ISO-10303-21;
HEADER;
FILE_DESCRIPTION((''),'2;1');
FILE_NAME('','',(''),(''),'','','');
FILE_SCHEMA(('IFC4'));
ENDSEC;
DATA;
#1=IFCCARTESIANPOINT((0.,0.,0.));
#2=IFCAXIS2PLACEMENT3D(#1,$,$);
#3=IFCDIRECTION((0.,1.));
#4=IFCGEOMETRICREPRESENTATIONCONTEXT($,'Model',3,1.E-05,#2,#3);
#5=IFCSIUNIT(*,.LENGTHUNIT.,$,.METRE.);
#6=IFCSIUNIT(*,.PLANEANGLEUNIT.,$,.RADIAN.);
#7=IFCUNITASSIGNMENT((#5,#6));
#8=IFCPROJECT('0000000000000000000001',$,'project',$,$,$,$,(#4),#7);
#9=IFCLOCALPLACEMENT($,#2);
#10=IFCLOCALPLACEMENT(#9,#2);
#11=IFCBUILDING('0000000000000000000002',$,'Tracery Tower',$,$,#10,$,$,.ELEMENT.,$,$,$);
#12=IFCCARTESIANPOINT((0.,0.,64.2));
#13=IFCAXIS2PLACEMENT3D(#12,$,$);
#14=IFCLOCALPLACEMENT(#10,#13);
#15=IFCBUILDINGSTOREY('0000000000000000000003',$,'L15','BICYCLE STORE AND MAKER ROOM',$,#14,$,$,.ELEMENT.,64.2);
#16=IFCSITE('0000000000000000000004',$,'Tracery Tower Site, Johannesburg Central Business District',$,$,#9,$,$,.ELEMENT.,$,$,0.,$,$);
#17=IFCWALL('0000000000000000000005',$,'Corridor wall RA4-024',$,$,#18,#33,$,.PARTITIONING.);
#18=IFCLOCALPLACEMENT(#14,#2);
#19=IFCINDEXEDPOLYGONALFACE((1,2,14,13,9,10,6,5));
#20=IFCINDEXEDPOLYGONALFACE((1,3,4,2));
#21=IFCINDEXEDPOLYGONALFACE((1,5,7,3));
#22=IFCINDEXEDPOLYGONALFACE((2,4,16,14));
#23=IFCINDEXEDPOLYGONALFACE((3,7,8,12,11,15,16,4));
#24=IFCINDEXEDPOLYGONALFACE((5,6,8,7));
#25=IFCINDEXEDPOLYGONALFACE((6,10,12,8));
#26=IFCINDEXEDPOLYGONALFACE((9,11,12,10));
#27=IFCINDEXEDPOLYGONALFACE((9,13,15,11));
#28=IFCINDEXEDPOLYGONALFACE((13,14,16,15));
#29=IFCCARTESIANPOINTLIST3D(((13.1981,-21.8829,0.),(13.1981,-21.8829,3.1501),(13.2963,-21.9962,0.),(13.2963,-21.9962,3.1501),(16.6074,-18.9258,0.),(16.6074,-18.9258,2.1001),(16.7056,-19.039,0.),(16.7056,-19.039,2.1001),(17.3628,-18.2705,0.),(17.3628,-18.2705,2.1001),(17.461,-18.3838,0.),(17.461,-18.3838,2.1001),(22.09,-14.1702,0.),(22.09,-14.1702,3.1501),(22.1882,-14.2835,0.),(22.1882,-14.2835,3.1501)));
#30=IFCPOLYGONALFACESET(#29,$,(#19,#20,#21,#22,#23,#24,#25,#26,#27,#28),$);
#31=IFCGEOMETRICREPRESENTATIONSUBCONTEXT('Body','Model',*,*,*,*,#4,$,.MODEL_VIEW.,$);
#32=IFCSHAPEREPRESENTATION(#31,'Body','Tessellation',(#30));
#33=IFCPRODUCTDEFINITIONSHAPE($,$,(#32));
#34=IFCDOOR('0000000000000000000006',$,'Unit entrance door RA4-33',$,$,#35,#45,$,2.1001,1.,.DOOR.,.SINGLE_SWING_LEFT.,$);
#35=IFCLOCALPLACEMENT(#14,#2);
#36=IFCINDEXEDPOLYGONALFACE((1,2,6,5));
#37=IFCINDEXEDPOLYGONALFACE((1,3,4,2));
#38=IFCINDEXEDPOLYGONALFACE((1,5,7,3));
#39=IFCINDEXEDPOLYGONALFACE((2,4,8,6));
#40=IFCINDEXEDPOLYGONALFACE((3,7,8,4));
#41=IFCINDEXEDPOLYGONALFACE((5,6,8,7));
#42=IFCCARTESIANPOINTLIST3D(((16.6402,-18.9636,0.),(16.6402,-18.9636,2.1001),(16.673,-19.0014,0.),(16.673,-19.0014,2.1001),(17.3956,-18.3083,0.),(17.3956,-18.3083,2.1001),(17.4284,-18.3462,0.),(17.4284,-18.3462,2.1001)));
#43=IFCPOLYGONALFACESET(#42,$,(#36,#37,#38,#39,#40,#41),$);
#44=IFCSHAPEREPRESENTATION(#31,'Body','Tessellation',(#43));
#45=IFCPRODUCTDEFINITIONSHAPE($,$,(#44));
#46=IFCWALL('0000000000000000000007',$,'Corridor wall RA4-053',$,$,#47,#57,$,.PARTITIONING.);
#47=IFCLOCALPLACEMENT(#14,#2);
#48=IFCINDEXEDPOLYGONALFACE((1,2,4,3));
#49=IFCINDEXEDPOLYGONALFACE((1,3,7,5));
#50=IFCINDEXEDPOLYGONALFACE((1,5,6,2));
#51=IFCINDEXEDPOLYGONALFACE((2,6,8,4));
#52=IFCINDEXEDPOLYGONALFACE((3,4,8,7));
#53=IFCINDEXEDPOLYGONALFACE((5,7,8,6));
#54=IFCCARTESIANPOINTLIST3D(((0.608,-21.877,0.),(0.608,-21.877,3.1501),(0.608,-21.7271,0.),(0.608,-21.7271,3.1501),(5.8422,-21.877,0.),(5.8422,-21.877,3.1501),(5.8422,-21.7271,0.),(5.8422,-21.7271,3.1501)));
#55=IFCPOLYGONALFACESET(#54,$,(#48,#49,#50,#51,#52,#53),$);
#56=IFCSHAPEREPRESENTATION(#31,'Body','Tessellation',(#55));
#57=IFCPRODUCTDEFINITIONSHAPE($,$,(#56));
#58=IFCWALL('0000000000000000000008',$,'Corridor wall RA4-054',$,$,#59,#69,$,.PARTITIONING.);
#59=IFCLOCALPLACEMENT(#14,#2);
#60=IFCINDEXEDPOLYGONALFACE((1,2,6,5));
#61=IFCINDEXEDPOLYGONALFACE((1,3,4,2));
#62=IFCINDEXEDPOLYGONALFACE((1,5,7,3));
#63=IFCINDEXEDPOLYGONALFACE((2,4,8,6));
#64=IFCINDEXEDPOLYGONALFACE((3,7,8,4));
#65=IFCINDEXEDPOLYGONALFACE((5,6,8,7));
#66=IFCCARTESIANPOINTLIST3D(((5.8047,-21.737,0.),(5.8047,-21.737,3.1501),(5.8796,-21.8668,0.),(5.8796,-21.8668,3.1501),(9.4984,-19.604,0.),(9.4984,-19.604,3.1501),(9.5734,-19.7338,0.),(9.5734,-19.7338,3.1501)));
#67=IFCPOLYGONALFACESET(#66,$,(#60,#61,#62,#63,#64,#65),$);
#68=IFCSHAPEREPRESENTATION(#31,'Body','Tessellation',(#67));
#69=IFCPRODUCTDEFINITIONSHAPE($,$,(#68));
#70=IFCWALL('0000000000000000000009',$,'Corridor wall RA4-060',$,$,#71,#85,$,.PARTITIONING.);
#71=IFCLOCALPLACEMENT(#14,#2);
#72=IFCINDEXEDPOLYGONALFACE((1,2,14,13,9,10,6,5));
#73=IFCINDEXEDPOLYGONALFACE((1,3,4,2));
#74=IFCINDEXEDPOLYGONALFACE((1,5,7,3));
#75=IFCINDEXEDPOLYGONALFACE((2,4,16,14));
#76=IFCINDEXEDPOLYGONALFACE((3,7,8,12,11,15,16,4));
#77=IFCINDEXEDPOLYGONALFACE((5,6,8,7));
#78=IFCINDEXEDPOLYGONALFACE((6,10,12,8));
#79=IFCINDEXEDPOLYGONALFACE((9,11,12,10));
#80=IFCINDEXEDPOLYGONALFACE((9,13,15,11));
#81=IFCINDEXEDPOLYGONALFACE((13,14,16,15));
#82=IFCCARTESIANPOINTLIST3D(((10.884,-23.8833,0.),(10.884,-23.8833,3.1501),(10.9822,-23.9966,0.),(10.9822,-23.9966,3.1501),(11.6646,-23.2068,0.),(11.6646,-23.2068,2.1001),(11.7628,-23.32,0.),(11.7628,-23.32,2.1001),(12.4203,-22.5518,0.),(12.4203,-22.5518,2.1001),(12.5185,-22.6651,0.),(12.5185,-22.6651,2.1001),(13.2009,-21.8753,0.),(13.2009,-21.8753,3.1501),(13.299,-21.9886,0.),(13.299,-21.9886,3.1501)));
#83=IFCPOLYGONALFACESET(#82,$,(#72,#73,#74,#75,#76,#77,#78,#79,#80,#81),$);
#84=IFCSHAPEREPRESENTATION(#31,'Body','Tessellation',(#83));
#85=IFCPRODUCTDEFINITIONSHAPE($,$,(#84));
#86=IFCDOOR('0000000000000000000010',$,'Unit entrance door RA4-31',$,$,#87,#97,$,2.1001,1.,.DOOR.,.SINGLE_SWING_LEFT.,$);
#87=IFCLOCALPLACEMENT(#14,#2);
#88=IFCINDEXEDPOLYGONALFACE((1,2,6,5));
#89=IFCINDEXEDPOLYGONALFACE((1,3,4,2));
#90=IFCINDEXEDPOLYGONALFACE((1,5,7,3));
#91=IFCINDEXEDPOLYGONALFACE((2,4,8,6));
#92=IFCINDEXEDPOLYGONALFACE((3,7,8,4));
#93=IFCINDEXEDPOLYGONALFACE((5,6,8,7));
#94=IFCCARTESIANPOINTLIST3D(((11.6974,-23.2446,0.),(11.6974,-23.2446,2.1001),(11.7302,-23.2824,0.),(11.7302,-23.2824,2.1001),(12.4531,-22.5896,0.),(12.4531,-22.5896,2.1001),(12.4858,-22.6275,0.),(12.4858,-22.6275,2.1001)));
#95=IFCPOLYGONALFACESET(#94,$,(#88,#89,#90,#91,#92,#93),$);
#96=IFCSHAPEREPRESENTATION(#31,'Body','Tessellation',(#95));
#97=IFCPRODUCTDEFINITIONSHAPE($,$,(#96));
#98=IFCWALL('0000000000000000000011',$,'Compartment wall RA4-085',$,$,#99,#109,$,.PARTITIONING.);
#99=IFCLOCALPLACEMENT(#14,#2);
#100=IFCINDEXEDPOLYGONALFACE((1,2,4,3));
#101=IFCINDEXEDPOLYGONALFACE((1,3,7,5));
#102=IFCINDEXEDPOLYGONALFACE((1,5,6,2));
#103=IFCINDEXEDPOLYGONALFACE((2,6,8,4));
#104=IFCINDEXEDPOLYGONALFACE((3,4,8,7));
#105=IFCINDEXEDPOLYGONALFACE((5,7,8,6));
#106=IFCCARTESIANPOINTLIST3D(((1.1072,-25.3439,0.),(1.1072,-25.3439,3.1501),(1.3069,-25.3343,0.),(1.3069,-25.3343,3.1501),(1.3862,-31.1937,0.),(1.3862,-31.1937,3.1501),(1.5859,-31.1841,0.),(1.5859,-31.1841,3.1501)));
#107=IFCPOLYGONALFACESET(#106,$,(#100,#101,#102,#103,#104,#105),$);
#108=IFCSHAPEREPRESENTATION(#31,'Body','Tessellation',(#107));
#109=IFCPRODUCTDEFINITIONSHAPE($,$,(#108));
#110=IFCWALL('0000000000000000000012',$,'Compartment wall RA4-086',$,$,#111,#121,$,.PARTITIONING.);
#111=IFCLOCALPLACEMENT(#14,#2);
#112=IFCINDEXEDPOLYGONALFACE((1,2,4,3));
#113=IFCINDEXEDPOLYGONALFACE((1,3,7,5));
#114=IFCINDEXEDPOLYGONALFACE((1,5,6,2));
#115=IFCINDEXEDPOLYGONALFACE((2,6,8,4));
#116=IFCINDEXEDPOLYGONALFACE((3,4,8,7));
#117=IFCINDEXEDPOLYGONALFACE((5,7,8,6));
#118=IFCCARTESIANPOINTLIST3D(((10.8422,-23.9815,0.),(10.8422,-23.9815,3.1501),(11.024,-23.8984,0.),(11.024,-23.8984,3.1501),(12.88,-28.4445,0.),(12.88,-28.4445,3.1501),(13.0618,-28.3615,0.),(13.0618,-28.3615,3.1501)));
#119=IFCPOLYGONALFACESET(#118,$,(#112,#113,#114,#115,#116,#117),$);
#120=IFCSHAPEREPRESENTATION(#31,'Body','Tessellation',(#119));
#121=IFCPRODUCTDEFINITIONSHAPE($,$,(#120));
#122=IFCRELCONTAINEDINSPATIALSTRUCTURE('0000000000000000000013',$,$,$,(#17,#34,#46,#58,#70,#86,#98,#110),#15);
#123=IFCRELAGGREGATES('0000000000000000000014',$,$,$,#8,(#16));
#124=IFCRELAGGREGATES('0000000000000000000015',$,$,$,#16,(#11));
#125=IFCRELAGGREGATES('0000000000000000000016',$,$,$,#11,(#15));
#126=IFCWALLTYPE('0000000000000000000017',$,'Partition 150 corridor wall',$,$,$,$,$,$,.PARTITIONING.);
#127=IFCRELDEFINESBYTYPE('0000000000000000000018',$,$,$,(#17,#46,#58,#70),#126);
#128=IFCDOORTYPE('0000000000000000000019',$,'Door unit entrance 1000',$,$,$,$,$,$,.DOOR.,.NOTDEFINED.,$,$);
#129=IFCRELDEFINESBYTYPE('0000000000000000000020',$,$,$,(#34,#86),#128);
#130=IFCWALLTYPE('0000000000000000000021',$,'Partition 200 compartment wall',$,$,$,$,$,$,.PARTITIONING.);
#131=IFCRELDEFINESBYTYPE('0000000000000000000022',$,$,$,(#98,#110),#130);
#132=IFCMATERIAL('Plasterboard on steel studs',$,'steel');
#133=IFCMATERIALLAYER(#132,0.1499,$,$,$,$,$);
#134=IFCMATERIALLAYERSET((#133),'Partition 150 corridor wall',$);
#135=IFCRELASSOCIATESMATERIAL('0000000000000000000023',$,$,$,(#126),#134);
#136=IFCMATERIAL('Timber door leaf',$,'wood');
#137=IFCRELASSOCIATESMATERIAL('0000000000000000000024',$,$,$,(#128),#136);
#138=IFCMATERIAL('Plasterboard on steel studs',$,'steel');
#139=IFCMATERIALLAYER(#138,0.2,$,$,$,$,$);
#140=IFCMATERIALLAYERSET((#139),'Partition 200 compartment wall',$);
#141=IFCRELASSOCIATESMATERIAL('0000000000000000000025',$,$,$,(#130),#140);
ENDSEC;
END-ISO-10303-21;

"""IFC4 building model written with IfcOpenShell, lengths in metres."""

from ifc_helpers import new_model, si_unit, direction, frame, frame_2d, origin, place, context, subcontext, project, spatial, rectangle, extrude, material, layer, layer_set, type_object, element, fill, save


model = new_model("IFC4")

# Units and contexts
model_context = context("Model", 3, precision=1e-05, world=origin(), true_north=direction((0.0, 1.0)))
body_context = subcontext(model_context, "Body", "Model", "MODEL_VIEW")
ifc_project = project(units=[si_unit("LENGTHUNIT", "METRE"), si_unit("PLANEANGLEUNIT", "RADIAN")], contexts=[model_context])

# Site, building, storey
site_placement = place(None, origin())
site = spatial("IfcSite", under=ifc_project, at=site_placement, Name="Tracery Tower Site, Johannesburg Central Business District", CompositionType="ELEMENT", RefElevation=0.0)
building_placement = place(site_placement, origin())
building = spatial("IfcBuilding", under=site, at=building_placement, Name="Tracery Tower", CompositionType="ELEMENT")
storey_placement = place(building_placement, frame((0.0, 0.0, 64.2)))
storey = spatial("IfcBuildingStorey", under=building, at=storey_placement, Name="L15", Description="BICYCLE STORE AND MAKER ROOM", CompositionType="ELEMENT", Elevation=64.2)

# Wall, opening, door
ifc_material_1 = material(Name="Plasterboard on steel studs", Category="steel")
ifc_layer_1 = layer(ifc_material_1, 0.1499)
ifc_layer_set_1 = layer_set([ifc_layer_1], Name="Partition 150 corridor wall")
wall_type_1 = type_object("IfcWallType", Name="Partition 150 corridor wall", PredefinedType="PARTITIONING", material=ifc_layer_set_1)
wall_1_placement = place(storey_placement, frame((13.2473, -21.9395, 0.0), z_axis=(0.0, 0.0, 1.0), x_axis=(0.755421, 0.65524, 0.0)))
wall_1 = element("IfcWall", 1, at=wall_1_placement, inside=storey, type_object=wall_type_1, Name="Corridor wall RA4-024", PredefinedType="PARTITIONING", context=body_context, shape_type="SweptSolid", body=[
    extrude(rectangle(XDim=11.7708, YDim=0.1499, at=frame_2d((5.8853, 0.0))), origin(), (0.0, 0.0, 1.0), 3.1501),
])
opening_1_placement = place(wall_1_placement, frame((4.5129, 0.0, 0.0)))
opening_1 = element("IfcOpeningElement", 2, at=opening_1_placement, cuts=wall_1, PredefinedType="OPENING", context=body_context, shape_type="SweptSolid", body=[
    extrude(rectangle(XDim=1.0, YDim=2.1001, at=frame_2d((0.5, 1.05))), frame((0.0, 0.075, 0.0), z_axis=(0.0, -1.0, 0.0), x_axis=(1.0, 0.0, 0.0)), (0.0, 0.0, 1.0), 0.1499),
])
ifc_material_2 = material(Name="Timber door leaf", Category="wood")
door_type_1 = type_object("IfcDoorType", Name="Door unit entrance 1000", OperationType="NOTDEFINED", PredefinedType="DOOR", material=ifc_material_2)
door_1_placement = place(opening_1_placement, origin())
door_1 = element("IfcDoor", 3, at=door_1_placement, inside=storey, type_object=door_type_1, Name="Unit entrance door RA4-33", OperationType="SINGLE_SWING_LEFT", OverallHeight=2.1001, OverallWidth=1.0, PredefinedType="DOOR", context=body_context, shape_type="SweptSolid", body=[
    extrude(rectangle(XDim=1.0, YDim=2.1001, at=frame_2d((0.5, 1.05))), frame((0.0, 0.0249, 0.0), z_axis=(0.0, -1.0, 0.0), x_axis=(1.0, 0.0, 0.0)), (0.0, 0.0, 1.0), 0.05),
])
fill(opening_1, door_1)

# Walls
wall_2_placement = place(storey_placement, frame((0.6079, -21.802, 0.0), z_axis=(0.0, 0.0, 1.0), x_axis=(1.0, 0.0, 0.0)))
element("IfcWall", 4, at=wall_2_placement, inside=storey, type_object=wall_type_1, Name="Corridor wall RA4-053", PredefinedType="PARTITIONING", context=body_context, shape_type="SweptSolid", body=[
    extrude(rectangle(XDim=5.2341, YDim=0.1499, at=frame_2d((2.6172, 0.0))), origin(), (0.0, 0.0, 1.0), 3.1501),
])
wall_3_placement = place(storey_placement, frame((5.842, -21.802, 0.0), z_axis=(0.0, 0.0, 1.0), x_axis=(0.865984, 0.500073, 0.0)))
element("IfcWall", 5, at=wall_3_placement, inside=storey, type_object=wall_type_1, Name="Corridor wall RA4-054", PredefinedType="PARTITIONING", context=body_context, shape_type="SweptSolid", body=[
    extrude(rectangle(XDim=4.2654, YDim=0.1499, at=frame_2d((2.1328, 0.0))), origin(), (0.0, 0.0, 1.0), 3.1501),
])

# Wall, opening, door
wall_4_placement = place(storey_placement, frame((10.9331, -23.9399, 0.0), z_axis=(0.0, 0.0, 1.0), x_axis=(0.755676, 0.654946, 0.0)))
wall_4 = element("IfcWall", 6, at=wall_4_placement, inside=storey, type_object=wall_type_1, Name="Corridor wall RA4-060", PredefinedType="PARTITIONING", context=body_context, shape_type="SweptSolid", body=[
    extrude(rectangle(XDim=3.0659, YDim=0.1499, at=frame_2d((1.533, 0.0))), origin(), (0.0, 0.0, 1.0), 3.1501),
])
opening_2_placement = place(wall_4_placement, frame((1.033, 0.0, 0.0)))
opening_2 = element("IfcOpeningElement", 7, at=opening_2_placement, cuts=wall_4, PredefinedType="OPENING", context=body_context, shape_type="SweptSolid", body=[
    extrude(rectangle(XDim=1.0, YDim=2.1001, at=frame_2d((0.5, 1.05))), frame((0.0, 0.075, 0.0), z_axis=(0.0, -1.0, 0.0), x_axis=(1.0, 0.0, 0.0)), (0.0, 0.0, 1.0), 0.1499),
])
door_2_placement = place(opening_2_placement, origin())
door_2 = element("IfcDoor", 8, at=door_2_placement, inside=storey, type_object=door_type_1, Name="Unit entrance door RA4-31", OperationType="SINGLE_SWING_LEFT", OverallHeight=2.1001, OverallWidth=1.0, PredefinedType="DOOR", context=body_context, shape_type="SweptSolid", body=[
    extrude(rectangle(XDim=1.0, YDim=2.1001, at=frame_2d((0.5, 1.05))), frame((0.0, 0.0249, 0.0), z_axis=(0.0, -1.0, 0.0), x_axis=(1.0, 0.0, 0.0)), (0.0, 0.0, 1.0), 0.05),
])
fill(opening_2, door_2)

# Walls
ifc_material_3 = material(Name="Plasterboard on steel studs", Category="steel")
ifc_layer_2 = layer(ifc_material_3, 0.2)
ifc_layer_set_2 = layer_set([ifc_layer_2], Name="Partition 200 compartment wall")
wall_type_2 = type_object("IfcWallType", Name="Partition 200 compartment wall", PredefinedType="PARTITIONING", material=ifc_layer_set_2)
wall_5_placement = place(storey_placement, frame((1.207, -25.3391, 0.0), z_axis=(0.0, 0.0, 1.0), x_axis=(0.047648, -0.998864, 0.0)))
element("IfcWall", 9, at=wall_5_placement, inside=storey, type_object=wall_type_2, Name="Compartment wall RA4-085", PredefinedType="PARTITIONING", context=body_context, shape_type="SweptSolid", body=[
    extrude(rectangle(XDim=5.8564, YDim=0.2, at=frame_2d((2.9282, 0.0))), origin(), (0.0, 0.0, 1.0), 3.1501),
])
wall_6_placement = place(storey_placement, frame((10.9331, -23.9399, 0.0), z_axis=(0.0, 0.0, 1.0), x_axis=(0.415347, -0.909663, 0.0)))
element("IfcWall", 10, at=wall_6_placement, inside=storey, type_object=wall_type_2, Name="Compartment wall RA4-086", PredefinedType="PARTITIONING", context=body_context, shape_type="SweptSolid", body=[
    extrude(rectangle(XDim=4.9062, YDim=0.2, at=frame_2d((2.4531, 0.0))), origin(), (0.0, 0.0, 1.0), 3.1501),
])

save(model, "model.ifc")
